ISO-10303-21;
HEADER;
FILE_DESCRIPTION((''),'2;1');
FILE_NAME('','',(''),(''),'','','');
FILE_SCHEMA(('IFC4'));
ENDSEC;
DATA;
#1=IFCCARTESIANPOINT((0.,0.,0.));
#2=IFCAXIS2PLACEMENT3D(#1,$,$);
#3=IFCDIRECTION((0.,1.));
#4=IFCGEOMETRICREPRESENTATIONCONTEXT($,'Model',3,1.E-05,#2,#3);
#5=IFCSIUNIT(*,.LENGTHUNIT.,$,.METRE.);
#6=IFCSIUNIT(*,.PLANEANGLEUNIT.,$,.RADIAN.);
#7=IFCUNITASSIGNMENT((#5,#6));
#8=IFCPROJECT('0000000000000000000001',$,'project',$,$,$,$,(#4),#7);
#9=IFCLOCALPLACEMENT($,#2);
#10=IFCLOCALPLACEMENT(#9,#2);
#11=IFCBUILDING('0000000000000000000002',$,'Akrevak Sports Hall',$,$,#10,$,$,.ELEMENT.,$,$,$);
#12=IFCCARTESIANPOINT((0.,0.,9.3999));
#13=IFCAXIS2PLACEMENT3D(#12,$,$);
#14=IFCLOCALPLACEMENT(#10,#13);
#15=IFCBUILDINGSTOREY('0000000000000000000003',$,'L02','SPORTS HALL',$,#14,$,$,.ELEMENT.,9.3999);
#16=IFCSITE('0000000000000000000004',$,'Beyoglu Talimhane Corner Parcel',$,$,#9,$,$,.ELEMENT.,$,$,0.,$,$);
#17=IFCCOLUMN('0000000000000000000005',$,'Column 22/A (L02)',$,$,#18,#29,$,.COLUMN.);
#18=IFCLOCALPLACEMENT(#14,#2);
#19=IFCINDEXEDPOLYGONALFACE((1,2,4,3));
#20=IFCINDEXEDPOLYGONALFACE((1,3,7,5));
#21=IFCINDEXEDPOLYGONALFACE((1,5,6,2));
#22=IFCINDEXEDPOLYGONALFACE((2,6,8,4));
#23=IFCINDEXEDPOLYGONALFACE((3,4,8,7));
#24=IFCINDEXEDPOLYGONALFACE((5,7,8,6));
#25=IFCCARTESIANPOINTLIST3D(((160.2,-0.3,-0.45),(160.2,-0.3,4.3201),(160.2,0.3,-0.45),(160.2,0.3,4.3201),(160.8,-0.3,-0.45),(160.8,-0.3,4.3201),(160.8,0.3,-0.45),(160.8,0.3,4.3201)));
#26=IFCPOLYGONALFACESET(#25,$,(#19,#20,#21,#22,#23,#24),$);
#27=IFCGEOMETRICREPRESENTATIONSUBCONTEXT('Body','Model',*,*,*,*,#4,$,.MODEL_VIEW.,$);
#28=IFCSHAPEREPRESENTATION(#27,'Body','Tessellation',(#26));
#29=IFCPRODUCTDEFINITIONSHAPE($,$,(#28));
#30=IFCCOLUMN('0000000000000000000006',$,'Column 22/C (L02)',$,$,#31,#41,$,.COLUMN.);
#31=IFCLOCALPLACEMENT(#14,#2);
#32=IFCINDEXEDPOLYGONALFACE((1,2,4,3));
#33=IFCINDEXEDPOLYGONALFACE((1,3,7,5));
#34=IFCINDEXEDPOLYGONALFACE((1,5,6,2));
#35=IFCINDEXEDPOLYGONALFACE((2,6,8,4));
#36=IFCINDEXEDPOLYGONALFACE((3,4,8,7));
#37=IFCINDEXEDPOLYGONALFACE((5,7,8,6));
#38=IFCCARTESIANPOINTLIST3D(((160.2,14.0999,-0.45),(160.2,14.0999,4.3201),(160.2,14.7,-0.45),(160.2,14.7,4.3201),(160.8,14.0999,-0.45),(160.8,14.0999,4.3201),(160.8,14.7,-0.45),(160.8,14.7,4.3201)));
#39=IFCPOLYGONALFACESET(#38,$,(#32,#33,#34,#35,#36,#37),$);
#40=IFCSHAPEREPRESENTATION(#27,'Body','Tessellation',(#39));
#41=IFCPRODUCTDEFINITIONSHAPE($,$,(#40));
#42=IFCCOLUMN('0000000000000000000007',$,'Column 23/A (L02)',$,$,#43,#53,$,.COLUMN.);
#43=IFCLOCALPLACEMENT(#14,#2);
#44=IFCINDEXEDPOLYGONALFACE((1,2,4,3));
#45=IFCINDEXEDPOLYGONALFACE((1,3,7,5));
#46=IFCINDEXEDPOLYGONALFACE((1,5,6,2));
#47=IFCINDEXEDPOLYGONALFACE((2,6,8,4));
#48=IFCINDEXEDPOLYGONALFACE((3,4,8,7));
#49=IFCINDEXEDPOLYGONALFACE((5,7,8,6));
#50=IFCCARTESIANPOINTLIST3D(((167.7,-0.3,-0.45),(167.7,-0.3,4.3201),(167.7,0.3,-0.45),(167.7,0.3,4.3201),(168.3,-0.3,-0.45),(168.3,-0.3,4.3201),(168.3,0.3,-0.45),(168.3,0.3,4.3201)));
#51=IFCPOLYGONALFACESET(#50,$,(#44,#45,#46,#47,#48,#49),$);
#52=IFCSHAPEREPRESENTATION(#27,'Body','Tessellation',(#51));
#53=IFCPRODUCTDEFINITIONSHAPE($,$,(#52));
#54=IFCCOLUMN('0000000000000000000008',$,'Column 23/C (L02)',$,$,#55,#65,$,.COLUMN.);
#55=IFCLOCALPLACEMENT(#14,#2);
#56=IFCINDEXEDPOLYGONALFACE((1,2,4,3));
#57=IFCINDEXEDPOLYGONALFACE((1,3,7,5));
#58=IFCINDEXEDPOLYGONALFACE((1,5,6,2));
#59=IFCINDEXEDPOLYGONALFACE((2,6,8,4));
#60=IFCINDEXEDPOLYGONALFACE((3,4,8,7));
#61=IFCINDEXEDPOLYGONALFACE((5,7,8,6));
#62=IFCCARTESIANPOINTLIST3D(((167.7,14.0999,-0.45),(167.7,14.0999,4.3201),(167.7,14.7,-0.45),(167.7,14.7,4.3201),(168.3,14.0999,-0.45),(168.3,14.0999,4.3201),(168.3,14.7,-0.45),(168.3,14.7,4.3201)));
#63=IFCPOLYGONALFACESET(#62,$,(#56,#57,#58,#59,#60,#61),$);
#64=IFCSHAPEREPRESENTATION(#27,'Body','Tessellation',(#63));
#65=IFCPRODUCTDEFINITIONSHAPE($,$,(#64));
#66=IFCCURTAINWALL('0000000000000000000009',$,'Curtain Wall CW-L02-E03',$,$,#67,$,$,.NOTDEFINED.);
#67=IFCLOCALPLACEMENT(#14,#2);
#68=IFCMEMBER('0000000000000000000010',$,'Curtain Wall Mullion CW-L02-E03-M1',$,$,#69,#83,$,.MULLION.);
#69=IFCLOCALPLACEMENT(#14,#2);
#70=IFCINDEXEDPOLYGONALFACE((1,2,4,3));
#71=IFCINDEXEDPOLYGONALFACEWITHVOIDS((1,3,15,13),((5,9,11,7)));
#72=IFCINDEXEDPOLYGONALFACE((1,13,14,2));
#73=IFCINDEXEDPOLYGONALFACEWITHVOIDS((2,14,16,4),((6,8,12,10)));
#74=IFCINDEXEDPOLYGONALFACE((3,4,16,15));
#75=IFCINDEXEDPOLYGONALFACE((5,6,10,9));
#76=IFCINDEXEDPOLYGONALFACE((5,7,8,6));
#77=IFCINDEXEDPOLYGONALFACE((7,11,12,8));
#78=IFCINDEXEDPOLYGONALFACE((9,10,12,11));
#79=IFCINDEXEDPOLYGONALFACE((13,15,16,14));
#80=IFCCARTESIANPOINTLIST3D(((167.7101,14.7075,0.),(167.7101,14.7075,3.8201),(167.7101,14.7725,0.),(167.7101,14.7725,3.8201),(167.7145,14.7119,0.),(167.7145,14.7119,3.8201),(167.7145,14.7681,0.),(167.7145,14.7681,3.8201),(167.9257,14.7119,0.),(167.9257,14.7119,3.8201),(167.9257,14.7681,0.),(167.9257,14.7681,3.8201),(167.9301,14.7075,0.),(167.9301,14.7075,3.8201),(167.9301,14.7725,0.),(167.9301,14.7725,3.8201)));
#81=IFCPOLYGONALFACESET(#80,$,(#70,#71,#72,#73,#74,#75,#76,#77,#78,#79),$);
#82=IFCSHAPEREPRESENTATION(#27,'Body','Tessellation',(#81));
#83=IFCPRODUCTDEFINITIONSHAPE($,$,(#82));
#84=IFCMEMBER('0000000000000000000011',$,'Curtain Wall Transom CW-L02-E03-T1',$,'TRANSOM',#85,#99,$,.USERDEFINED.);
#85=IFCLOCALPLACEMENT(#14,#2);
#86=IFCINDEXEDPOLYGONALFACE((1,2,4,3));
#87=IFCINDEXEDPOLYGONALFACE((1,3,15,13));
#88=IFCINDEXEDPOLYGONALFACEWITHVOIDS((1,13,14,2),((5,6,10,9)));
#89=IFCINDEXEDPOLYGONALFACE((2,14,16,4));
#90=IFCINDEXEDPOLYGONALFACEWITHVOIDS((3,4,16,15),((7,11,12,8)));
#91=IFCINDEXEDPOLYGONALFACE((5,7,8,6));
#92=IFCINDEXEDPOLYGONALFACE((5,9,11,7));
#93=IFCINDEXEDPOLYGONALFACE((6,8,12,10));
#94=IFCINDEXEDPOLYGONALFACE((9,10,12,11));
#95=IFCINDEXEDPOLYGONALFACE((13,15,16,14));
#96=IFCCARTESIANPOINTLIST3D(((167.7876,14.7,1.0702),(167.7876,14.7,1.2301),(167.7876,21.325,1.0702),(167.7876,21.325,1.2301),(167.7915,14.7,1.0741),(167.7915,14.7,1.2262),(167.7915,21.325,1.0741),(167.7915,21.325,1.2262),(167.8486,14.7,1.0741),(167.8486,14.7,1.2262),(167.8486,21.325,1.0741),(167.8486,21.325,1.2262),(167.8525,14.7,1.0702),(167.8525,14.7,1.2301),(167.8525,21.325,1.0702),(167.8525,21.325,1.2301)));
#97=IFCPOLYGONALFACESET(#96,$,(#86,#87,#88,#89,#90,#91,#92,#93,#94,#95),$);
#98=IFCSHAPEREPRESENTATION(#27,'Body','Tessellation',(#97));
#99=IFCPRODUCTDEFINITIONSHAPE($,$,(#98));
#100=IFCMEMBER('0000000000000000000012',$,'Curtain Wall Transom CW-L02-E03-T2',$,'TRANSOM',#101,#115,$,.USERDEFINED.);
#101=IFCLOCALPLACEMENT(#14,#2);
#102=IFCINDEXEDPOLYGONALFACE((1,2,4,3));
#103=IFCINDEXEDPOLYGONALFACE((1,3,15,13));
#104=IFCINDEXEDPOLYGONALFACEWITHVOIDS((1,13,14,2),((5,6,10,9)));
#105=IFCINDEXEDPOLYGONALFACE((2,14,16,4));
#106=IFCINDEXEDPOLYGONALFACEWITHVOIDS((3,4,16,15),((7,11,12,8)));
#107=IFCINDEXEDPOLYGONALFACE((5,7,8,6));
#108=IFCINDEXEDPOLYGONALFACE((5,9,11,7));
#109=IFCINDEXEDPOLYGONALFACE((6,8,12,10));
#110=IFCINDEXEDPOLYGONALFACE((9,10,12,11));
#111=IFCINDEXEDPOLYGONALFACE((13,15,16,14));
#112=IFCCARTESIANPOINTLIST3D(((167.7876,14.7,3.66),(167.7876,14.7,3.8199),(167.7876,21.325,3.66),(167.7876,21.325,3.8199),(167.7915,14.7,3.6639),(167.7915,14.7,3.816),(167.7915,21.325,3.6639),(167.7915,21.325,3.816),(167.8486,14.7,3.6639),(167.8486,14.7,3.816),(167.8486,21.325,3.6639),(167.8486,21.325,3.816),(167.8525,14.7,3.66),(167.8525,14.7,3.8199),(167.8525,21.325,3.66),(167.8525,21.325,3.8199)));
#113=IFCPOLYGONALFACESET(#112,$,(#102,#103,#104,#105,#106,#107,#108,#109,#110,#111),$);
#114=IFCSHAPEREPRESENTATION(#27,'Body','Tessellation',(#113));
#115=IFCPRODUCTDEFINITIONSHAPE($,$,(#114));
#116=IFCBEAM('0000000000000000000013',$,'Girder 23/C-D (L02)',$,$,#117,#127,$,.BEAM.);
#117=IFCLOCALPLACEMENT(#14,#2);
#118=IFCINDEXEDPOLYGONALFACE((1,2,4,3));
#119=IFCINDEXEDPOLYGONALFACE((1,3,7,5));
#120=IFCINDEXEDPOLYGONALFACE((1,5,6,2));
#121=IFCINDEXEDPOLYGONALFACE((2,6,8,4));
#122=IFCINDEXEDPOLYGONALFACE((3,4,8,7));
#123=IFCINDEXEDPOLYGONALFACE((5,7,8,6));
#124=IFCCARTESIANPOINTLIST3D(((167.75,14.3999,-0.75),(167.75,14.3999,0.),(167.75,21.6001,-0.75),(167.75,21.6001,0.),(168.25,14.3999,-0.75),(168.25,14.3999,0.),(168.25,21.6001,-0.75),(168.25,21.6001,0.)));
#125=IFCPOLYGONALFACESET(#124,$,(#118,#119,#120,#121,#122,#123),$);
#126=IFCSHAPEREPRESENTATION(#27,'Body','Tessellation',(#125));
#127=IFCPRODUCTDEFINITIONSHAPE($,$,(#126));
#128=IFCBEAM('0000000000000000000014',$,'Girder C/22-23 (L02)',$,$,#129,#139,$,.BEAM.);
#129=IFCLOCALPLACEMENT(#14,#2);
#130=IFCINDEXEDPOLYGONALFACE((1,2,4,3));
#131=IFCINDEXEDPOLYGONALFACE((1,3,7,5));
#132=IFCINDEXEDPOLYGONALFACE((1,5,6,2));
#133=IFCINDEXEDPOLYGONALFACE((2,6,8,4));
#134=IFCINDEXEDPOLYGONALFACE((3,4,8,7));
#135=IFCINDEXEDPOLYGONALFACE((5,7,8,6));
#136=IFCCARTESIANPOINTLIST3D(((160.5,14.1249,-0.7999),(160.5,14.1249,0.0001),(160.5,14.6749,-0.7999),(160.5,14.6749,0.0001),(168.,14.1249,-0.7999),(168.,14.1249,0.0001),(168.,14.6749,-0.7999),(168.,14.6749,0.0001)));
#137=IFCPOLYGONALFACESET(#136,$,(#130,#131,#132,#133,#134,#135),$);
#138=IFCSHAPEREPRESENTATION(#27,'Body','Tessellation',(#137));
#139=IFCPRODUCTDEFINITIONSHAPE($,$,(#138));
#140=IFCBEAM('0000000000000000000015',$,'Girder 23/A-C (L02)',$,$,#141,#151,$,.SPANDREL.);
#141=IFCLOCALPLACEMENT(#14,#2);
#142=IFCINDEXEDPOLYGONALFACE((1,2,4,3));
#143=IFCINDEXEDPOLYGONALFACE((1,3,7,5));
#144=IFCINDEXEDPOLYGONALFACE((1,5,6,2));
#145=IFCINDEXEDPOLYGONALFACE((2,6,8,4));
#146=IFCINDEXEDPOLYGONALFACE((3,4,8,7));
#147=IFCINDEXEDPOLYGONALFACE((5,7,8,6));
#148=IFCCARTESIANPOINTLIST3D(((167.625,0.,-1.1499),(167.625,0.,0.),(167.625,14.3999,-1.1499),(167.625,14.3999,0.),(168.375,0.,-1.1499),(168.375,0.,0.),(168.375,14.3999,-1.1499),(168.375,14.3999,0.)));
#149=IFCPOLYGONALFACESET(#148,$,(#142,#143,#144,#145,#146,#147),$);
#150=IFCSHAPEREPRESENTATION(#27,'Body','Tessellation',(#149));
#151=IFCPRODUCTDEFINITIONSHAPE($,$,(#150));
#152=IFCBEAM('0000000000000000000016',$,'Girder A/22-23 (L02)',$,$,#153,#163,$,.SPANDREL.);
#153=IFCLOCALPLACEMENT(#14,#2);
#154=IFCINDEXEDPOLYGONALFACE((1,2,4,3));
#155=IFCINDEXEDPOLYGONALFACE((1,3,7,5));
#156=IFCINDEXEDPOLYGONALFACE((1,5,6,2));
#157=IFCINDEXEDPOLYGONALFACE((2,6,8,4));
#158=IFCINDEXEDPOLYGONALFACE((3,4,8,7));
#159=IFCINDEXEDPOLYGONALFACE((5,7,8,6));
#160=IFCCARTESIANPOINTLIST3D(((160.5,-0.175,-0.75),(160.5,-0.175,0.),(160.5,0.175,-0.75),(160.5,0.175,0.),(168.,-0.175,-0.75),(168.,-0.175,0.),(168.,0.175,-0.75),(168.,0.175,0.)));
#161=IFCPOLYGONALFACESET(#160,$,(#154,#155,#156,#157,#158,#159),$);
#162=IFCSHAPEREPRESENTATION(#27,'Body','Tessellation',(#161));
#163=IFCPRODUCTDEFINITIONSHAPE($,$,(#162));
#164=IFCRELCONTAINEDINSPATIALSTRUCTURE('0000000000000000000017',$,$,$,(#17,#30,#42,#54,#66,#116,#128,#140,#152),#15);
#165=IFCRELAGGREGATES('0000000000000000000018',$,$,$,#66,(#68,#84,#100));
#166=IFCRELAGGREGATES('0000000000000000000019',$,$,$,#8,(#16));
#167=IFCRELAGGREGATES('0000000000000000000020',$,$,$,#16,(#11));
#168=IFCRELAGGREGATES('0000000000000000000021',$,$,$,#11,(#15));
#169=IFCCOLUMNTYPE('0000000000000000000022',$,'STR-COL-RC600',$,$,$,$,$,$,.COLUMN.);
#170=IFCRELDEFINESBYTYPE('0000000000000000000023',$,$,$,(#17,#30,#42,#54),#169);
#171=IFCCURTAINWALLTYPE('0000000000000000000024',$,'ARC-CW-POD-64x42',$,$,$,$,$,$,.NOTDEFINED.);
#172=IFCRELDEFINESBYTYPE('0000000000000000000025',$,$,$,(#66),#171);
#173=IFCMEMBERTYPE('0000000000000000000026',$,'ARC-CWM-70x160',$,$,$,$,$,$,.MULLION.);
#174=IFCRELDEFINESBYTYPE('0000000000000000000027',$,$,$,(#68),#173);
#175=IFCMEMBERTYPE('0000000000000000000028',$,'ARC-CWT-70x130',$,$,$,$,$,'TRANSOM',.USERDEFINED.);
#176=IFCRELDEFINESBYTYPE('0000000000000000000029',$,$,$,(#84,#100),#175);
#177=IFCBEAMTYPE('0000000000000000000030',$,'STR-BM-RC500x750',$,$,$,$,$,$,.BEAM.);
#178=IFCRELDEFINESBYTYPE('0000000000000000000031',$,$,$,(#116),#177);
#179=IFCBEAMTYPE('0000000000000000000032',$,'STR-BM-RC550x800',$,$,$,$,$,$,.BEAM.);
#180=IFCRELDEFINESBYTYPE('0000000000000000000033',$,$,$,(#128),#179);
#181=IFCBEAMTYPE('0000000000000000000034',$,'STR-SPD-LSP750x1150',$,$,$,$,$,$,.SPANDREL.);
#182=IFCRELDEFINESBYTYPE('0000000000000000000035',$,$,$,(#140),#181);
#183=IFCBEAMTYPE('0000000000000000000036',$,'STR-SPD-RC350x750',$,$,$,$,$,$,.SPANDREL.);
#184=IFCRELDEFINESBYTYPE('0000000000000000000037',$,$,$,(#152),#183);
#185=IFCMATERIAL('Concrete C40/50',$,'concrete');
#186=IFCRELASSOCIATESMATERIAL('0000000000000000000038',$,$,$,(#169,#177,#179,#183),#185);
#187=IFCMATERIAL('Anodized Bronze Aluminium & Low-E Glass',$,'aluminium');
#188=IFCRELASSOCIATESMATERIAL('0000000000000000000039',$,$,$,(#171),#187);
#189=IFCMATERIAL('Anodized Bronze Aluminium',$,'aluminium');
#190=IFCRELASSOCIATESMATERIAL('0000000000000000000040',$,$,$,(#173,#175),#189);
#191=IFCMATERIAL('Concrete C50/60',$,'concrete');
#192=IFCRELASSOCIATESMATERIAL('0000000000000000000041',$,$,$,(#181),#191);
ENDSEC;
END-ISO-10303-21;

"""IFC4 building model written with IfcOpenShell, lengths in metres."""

from ifc_helpers import new_model, si_unit, direction, frame, origin, origin_2d, place, context, subcontext, project, spatial, rectangle, hollow_rectangle, extrude, material, material_profile, profile_set, type_object, element, aggregate, save


model = new_model("IFC4")

# Units and contexts
model_context = context("Model", 3, precision=1e-05, world=origin(), true_north=direction((0.0, 1.0)))
body_context = subcontext(model_context, "Body", "Model", "MODEL_VIEW")
ifc_project = project(units=[si_unit("LENGTHUNIT", "METRE"), si_unit("PLANEANGLEUNIT", "RADIAN")], contexts=[model_context])

# Site, building, storey
site_placement = place(None, origin())
site = spatial("IfcSite", under=ifc_project, at=site_placement, Name="Beyoglu Talimhane Corner Parcel", CompositionType="ELEMENT", RefElevation=0.0)
building_placement = place(site_placement, origin())
building = spatial("IfcBuilding", under=site, at=building_placement, Name="Akrevak Sports Hall", CompositionType="ELEMENT")
storey_placement = place(building_placement, frame((0.0, 0.0, 9.3999)))
storey = spatial("IfcBuildingStorey", under=building, at=storey_placement, Name="L02", Description="SPORTS HALL", CompositionType="ELEMENT", Elevation=9.3999)

# Columns
ifc_material_1 = material(Name="Concrete C40/50", Category="concrete")
ifc_material_profile_1 = material_profile(ifc_material_1, rectangle(XDim=0.6001, YDim=0.6001, at=origin_2d()), Name="RC 600x600", Category="concrete")
ifc_profile_set_1 = profile_set([ifc_material_profile_1], Name="Concrete C40/50")
column_type = type_object("IfcColumnType", Name="STR-COL-RC600", PredefinedType="COLUMN", material=ifc_profile_set_1)
for number, where, z_axis, x_axis, name in (
    (1, (160.5, 0.0, -0.45), (0.0, 0.0, 1.0), (1.0, 0.0, 0.0), "Column 22/A (L02)"),
    (2, (160.5, 14.3999, -0.45), (0.0, 0.0, 1.0), (1.0, 0.0, 0.0), "Column 22/C (L02)"),
    (3, (168.0, 0.0, -0.45), (0.0, 0.0, 1.0), (1.0, 0.0, 0.0), "Column 23/A (L02)"),
    (4, (168.0, 14.3999, -0.45), (0.0, 0.0, 1.0), (1.0, 0.0, 0.0), "Column 23/C (L02)"),
):
    element("IfcColumn", number, at=place(storey_placement, frame(where, z_axis=z_axis, x_axis=x_axis)), inside=storey, type_object=column_type, Name=name, PredefinedType="COLUMN", context=body_context, shape_type="SweptSolid", body=[
        extrude(rectangle(XDim=0.6001, YDim=0.6001, at=origin_2d()), origin(), (0.0, 0.0, 1.0), 4.77),
    ])

# Curtain wall, members
ifc_material_2 = material(Name="Anodized Bronze Aluminium & Low-E Glass", Category="aluminium")
curtain_wall_type = type_object("IfcCurtainWallType", Name="ARC-CW-POD-64x42", PredefinedType="NOTDEFINED", material=ifc_material_2)
curtain_wall_placement = place(storey_placement, origin())
curtain_wall = element("IfcCurtainWall", 5, at=curtain_wall_placement, inside=storey, type_object=curtain_wall_type, Name="Curtain Wall CW-L02-E03", PredefinedType="NOTDEFINED")
ifc_material_3 = material(Name="Anodized Bronze Aluminium", Category="aluminium")
ifc_material_profile_2 = material_profile(ifc_material_3, hollow_rectangle(XDim=0.0649, YDim=0.22, WallThickness=0.0044, at=origin_2d()), Name="CWM 65x220", Category="aluminium")
ifc_profile_set_2 = profile_set([ifc_material_profile_2], Name="Anodized Bronze Aluminium")
member_type_1 = type_object("IfcMemberType", Name="ARC-CWM-70x160", PredefinedType="MULLION", material=ifc_profile_set_2)
member_1_placement = place(storey_placement, frame((167.8201, 14.74, 0.0), z_axis=(0.0, 0.0, 1.0), x_axis=(0.0, 1.0, 0.0)))
member_1 = element("IfcMember", 6, at=member_1_placement, type_object=member_type_1, Name="Curtain Wall Mullion CW-L02-E03-M1", PredefinedType="MULLION", context=body_context, shape_type="SweptSolid", body=[
    extrude(hollow_rectangle(XDim=0.0649, YDim=0.22, WallThickness=0.0044, at=origin_2d()), origin(), (0.0, 0.0, 1.0), 3.8201),
])
ifc_material_profile_3 = material_profile(ifc_material_3, hollow_rectangle(XDim=0.0649, YDim=0.1599, WallThickness=0.0039, at=origin_2d()), Name="CWT 65x160", Category="aluminium")
ifc_profile_set_3 = profile_set([ifc_material_profile_3], Name="Anodized Bronze Aluminium")
member_type_2 = type_object("IfcMemberType", Name="ARC-CWT-70x130", ElementType="TRANSOM", PredefinedType="USERDEFINED", material=ifc_profile_set_3)
member_2_placement = place(storey_placement, frame((167.8201, 14.7, 1.1501), z_axis=(0.0, 1.0, 0.0), x_axis=(-1.0, 0.0, 0.0)))
member_2 = element("IfcMember", 7, at=member_2_placement, type_object=member_type_2, Name="Curtain Wall Transom CW-L02-E03-T1", ObjectType="TRANSOM", PredefinedType="USERDEFINED", context=body_context, shape_type="SweptSolid", body=[
    extrude(hollow_rectangle(XDim=0.0649, YDim=0.1599, WallThickness=0.0039, at=origin_2d()), origin(), (0.0, 0.0, 1.0), 6.625),
])
member_3_placement = place(storey_placement, frame((167.8201, 14.7, 3.74), z_axis=(0.0, 1.0, 0.0), x_axis=(-1.0, 0.0, 0.0)))
member_3 = element("IfcMember", 8, at=member_3_placement, type_object=member_type_2, Name="Curtain Wall Transom CW-L02-E03-T2", ObjectType="TRANSOM", PredefinedType="USERDEFINED", context=body_context, shape_type="SweptSolid", body=[
    extrude(hollow_rectangle(XDim=0.0649, YDim=0.1599, WallThickness=0.0039, at=origin_2d()), origin(), (0.0, 0.0, 1.0), 6.625),
])
aggregate(curtain_wall, [member_1, member_2, member_3])

# Beams
ifc_material_profile_4 = material_profile(ifc_material_1, rectangle(XDim=0.5, YDim=0.75, at=origin_2d()), Name="BM 500x750", Category="concrete")
ifc_profile_set_4 = profile_set([ifc_material_profile_4], Name="Concrete C40/50")
beam_type_1 = type_object("IfcBeamType", Name="STR-BM-RC500x750", PredefinedType="BEAM", material=ifc_profile_set_4)
beam_1_placement = place(storey_placement, frame((168.0, 14.3999, -0.375), z_axis=(0.0, 1.0, 0.0), x_axis=(-1.0, 0.0, 0.0)))
element("IfcBeam", 9, at=beam_1_placement, inside=storey, type_object=beam_type_1, Name="Girder 23/C-D (L02)", PredefinedType="BEAM", context=body_context, shape_type="SweptSolid", body=[
    extrude(rectangle(XDim=0.5, YDim=0.75, at=origin_2d()), origin(), (0.0, 0.0, 1.0), 7.2002),
])
ifc_material_profile_5 = material_profile(ifc_material_1, rectangle(XDim=0.55, YDim=0.8, at=origin_2d()), Name="BM 550x800", Category="concrete")
ifc_profile_set_5 = profile_set([ifc_material_profile_5], Name="Concrete C40/50")
beam_type_2 = type_object("IfcBeamType", Name="STR-BM-RC550x800", PredefinedType="BEAM", material=ifc_profile_set_5)
beam_2_placement = place(storey_placement, frame((160.5, 14.3999, -0.3999), z_axis=(1.0, 0.0, 0.0), x_axis=(0.0, 1.0, 0.0)))
element("IfcBeam", 10, at=beam_2_placement, inside=storey, type_object=beam_type_2, Name="Girder C/22-23 (L02)", PredefinedType="BEAM", context=body_context, shape_type="SweptSolid", body=[
    extrude(rectangle(XDim=0.55, YDim=0.8, at=origin_2d()), origin(), (0.0, 0.0, 1.0), 7.5),
])
ifc_material_4 = material(Name="Concrete C50/60", Category="concrete")
ifc_material_profile_6 = material_profile(ifc_material_4, rectangle(XDim=0.75, YDim=1.1499, at=origin_2d()), Name="SPD 750x1150", Category="concrete")
ifc_profile_set_6 = profile_set([ifc_material_profile_6], Name="Concrete C50/60")
beam_type_3 = type_object("IfcBeamType", Name="STR-SPD-LSP750x1150", PredefinedType="SPANDREL", material=ifc_profile_set_6)
beam_3_placement = place(storey_placement, frame((168.0, 0.0, -0.575), z_axis=(0.0, 1.0, 0.0), x_axis=(-1.0, 0.0, 0.0)))
element("IfcBeam", 11, at=beam_3_placement, inside=storey, type_object=beam_type_3, Name="Girder 23/A-C (L02)", PredefinedType="SPANDREL", context=body_context, shape_type="SweptSolid", body=[
    extrude(rectangle(XDim=0.75, YDim=1.1499, at=origin_2d()), origin(), (0.0, 0.0, 1.0), 14.3999),
])
ifc_material_profile_7 = material_profile(ifc_material_1, rectangle(XDim=0.3501, YDim=0.75, at=origin_2d()), Name="SPD 350x750", Category="concrete")
ifc_profile_set_7 = profile_set([ifc_material_profile_7], Name="Concrete C40/50")
beam_type_4 = type_object("IfcBeamType", Name="STR-SPD-RC350x750", PredefinedType="SPANDREL", material=ifc_profile_set_7)
beam_4_placement = place(storey_placement, frame((160.5, 0.0, -0.375), z_axis=(1.0, 0.0, 0.0), x_axis=(0.0, 1.0, 0.0)))
element("IfcBeam", 12, at=beam_4_placement, inside=storey, type_object=beam_type_4, Name="Girder A/22-23 (L02)", PredefinedType="SPANDREL", context=body_context, shape_type="SweptSolid", body=[
    extrude(rectangle(XDim=0.3501, YDim=0.75, at=origin_2d()), origin(), (0.0, 0.0, 1.0), 7.5),
])

save(model, "model.ifc")
